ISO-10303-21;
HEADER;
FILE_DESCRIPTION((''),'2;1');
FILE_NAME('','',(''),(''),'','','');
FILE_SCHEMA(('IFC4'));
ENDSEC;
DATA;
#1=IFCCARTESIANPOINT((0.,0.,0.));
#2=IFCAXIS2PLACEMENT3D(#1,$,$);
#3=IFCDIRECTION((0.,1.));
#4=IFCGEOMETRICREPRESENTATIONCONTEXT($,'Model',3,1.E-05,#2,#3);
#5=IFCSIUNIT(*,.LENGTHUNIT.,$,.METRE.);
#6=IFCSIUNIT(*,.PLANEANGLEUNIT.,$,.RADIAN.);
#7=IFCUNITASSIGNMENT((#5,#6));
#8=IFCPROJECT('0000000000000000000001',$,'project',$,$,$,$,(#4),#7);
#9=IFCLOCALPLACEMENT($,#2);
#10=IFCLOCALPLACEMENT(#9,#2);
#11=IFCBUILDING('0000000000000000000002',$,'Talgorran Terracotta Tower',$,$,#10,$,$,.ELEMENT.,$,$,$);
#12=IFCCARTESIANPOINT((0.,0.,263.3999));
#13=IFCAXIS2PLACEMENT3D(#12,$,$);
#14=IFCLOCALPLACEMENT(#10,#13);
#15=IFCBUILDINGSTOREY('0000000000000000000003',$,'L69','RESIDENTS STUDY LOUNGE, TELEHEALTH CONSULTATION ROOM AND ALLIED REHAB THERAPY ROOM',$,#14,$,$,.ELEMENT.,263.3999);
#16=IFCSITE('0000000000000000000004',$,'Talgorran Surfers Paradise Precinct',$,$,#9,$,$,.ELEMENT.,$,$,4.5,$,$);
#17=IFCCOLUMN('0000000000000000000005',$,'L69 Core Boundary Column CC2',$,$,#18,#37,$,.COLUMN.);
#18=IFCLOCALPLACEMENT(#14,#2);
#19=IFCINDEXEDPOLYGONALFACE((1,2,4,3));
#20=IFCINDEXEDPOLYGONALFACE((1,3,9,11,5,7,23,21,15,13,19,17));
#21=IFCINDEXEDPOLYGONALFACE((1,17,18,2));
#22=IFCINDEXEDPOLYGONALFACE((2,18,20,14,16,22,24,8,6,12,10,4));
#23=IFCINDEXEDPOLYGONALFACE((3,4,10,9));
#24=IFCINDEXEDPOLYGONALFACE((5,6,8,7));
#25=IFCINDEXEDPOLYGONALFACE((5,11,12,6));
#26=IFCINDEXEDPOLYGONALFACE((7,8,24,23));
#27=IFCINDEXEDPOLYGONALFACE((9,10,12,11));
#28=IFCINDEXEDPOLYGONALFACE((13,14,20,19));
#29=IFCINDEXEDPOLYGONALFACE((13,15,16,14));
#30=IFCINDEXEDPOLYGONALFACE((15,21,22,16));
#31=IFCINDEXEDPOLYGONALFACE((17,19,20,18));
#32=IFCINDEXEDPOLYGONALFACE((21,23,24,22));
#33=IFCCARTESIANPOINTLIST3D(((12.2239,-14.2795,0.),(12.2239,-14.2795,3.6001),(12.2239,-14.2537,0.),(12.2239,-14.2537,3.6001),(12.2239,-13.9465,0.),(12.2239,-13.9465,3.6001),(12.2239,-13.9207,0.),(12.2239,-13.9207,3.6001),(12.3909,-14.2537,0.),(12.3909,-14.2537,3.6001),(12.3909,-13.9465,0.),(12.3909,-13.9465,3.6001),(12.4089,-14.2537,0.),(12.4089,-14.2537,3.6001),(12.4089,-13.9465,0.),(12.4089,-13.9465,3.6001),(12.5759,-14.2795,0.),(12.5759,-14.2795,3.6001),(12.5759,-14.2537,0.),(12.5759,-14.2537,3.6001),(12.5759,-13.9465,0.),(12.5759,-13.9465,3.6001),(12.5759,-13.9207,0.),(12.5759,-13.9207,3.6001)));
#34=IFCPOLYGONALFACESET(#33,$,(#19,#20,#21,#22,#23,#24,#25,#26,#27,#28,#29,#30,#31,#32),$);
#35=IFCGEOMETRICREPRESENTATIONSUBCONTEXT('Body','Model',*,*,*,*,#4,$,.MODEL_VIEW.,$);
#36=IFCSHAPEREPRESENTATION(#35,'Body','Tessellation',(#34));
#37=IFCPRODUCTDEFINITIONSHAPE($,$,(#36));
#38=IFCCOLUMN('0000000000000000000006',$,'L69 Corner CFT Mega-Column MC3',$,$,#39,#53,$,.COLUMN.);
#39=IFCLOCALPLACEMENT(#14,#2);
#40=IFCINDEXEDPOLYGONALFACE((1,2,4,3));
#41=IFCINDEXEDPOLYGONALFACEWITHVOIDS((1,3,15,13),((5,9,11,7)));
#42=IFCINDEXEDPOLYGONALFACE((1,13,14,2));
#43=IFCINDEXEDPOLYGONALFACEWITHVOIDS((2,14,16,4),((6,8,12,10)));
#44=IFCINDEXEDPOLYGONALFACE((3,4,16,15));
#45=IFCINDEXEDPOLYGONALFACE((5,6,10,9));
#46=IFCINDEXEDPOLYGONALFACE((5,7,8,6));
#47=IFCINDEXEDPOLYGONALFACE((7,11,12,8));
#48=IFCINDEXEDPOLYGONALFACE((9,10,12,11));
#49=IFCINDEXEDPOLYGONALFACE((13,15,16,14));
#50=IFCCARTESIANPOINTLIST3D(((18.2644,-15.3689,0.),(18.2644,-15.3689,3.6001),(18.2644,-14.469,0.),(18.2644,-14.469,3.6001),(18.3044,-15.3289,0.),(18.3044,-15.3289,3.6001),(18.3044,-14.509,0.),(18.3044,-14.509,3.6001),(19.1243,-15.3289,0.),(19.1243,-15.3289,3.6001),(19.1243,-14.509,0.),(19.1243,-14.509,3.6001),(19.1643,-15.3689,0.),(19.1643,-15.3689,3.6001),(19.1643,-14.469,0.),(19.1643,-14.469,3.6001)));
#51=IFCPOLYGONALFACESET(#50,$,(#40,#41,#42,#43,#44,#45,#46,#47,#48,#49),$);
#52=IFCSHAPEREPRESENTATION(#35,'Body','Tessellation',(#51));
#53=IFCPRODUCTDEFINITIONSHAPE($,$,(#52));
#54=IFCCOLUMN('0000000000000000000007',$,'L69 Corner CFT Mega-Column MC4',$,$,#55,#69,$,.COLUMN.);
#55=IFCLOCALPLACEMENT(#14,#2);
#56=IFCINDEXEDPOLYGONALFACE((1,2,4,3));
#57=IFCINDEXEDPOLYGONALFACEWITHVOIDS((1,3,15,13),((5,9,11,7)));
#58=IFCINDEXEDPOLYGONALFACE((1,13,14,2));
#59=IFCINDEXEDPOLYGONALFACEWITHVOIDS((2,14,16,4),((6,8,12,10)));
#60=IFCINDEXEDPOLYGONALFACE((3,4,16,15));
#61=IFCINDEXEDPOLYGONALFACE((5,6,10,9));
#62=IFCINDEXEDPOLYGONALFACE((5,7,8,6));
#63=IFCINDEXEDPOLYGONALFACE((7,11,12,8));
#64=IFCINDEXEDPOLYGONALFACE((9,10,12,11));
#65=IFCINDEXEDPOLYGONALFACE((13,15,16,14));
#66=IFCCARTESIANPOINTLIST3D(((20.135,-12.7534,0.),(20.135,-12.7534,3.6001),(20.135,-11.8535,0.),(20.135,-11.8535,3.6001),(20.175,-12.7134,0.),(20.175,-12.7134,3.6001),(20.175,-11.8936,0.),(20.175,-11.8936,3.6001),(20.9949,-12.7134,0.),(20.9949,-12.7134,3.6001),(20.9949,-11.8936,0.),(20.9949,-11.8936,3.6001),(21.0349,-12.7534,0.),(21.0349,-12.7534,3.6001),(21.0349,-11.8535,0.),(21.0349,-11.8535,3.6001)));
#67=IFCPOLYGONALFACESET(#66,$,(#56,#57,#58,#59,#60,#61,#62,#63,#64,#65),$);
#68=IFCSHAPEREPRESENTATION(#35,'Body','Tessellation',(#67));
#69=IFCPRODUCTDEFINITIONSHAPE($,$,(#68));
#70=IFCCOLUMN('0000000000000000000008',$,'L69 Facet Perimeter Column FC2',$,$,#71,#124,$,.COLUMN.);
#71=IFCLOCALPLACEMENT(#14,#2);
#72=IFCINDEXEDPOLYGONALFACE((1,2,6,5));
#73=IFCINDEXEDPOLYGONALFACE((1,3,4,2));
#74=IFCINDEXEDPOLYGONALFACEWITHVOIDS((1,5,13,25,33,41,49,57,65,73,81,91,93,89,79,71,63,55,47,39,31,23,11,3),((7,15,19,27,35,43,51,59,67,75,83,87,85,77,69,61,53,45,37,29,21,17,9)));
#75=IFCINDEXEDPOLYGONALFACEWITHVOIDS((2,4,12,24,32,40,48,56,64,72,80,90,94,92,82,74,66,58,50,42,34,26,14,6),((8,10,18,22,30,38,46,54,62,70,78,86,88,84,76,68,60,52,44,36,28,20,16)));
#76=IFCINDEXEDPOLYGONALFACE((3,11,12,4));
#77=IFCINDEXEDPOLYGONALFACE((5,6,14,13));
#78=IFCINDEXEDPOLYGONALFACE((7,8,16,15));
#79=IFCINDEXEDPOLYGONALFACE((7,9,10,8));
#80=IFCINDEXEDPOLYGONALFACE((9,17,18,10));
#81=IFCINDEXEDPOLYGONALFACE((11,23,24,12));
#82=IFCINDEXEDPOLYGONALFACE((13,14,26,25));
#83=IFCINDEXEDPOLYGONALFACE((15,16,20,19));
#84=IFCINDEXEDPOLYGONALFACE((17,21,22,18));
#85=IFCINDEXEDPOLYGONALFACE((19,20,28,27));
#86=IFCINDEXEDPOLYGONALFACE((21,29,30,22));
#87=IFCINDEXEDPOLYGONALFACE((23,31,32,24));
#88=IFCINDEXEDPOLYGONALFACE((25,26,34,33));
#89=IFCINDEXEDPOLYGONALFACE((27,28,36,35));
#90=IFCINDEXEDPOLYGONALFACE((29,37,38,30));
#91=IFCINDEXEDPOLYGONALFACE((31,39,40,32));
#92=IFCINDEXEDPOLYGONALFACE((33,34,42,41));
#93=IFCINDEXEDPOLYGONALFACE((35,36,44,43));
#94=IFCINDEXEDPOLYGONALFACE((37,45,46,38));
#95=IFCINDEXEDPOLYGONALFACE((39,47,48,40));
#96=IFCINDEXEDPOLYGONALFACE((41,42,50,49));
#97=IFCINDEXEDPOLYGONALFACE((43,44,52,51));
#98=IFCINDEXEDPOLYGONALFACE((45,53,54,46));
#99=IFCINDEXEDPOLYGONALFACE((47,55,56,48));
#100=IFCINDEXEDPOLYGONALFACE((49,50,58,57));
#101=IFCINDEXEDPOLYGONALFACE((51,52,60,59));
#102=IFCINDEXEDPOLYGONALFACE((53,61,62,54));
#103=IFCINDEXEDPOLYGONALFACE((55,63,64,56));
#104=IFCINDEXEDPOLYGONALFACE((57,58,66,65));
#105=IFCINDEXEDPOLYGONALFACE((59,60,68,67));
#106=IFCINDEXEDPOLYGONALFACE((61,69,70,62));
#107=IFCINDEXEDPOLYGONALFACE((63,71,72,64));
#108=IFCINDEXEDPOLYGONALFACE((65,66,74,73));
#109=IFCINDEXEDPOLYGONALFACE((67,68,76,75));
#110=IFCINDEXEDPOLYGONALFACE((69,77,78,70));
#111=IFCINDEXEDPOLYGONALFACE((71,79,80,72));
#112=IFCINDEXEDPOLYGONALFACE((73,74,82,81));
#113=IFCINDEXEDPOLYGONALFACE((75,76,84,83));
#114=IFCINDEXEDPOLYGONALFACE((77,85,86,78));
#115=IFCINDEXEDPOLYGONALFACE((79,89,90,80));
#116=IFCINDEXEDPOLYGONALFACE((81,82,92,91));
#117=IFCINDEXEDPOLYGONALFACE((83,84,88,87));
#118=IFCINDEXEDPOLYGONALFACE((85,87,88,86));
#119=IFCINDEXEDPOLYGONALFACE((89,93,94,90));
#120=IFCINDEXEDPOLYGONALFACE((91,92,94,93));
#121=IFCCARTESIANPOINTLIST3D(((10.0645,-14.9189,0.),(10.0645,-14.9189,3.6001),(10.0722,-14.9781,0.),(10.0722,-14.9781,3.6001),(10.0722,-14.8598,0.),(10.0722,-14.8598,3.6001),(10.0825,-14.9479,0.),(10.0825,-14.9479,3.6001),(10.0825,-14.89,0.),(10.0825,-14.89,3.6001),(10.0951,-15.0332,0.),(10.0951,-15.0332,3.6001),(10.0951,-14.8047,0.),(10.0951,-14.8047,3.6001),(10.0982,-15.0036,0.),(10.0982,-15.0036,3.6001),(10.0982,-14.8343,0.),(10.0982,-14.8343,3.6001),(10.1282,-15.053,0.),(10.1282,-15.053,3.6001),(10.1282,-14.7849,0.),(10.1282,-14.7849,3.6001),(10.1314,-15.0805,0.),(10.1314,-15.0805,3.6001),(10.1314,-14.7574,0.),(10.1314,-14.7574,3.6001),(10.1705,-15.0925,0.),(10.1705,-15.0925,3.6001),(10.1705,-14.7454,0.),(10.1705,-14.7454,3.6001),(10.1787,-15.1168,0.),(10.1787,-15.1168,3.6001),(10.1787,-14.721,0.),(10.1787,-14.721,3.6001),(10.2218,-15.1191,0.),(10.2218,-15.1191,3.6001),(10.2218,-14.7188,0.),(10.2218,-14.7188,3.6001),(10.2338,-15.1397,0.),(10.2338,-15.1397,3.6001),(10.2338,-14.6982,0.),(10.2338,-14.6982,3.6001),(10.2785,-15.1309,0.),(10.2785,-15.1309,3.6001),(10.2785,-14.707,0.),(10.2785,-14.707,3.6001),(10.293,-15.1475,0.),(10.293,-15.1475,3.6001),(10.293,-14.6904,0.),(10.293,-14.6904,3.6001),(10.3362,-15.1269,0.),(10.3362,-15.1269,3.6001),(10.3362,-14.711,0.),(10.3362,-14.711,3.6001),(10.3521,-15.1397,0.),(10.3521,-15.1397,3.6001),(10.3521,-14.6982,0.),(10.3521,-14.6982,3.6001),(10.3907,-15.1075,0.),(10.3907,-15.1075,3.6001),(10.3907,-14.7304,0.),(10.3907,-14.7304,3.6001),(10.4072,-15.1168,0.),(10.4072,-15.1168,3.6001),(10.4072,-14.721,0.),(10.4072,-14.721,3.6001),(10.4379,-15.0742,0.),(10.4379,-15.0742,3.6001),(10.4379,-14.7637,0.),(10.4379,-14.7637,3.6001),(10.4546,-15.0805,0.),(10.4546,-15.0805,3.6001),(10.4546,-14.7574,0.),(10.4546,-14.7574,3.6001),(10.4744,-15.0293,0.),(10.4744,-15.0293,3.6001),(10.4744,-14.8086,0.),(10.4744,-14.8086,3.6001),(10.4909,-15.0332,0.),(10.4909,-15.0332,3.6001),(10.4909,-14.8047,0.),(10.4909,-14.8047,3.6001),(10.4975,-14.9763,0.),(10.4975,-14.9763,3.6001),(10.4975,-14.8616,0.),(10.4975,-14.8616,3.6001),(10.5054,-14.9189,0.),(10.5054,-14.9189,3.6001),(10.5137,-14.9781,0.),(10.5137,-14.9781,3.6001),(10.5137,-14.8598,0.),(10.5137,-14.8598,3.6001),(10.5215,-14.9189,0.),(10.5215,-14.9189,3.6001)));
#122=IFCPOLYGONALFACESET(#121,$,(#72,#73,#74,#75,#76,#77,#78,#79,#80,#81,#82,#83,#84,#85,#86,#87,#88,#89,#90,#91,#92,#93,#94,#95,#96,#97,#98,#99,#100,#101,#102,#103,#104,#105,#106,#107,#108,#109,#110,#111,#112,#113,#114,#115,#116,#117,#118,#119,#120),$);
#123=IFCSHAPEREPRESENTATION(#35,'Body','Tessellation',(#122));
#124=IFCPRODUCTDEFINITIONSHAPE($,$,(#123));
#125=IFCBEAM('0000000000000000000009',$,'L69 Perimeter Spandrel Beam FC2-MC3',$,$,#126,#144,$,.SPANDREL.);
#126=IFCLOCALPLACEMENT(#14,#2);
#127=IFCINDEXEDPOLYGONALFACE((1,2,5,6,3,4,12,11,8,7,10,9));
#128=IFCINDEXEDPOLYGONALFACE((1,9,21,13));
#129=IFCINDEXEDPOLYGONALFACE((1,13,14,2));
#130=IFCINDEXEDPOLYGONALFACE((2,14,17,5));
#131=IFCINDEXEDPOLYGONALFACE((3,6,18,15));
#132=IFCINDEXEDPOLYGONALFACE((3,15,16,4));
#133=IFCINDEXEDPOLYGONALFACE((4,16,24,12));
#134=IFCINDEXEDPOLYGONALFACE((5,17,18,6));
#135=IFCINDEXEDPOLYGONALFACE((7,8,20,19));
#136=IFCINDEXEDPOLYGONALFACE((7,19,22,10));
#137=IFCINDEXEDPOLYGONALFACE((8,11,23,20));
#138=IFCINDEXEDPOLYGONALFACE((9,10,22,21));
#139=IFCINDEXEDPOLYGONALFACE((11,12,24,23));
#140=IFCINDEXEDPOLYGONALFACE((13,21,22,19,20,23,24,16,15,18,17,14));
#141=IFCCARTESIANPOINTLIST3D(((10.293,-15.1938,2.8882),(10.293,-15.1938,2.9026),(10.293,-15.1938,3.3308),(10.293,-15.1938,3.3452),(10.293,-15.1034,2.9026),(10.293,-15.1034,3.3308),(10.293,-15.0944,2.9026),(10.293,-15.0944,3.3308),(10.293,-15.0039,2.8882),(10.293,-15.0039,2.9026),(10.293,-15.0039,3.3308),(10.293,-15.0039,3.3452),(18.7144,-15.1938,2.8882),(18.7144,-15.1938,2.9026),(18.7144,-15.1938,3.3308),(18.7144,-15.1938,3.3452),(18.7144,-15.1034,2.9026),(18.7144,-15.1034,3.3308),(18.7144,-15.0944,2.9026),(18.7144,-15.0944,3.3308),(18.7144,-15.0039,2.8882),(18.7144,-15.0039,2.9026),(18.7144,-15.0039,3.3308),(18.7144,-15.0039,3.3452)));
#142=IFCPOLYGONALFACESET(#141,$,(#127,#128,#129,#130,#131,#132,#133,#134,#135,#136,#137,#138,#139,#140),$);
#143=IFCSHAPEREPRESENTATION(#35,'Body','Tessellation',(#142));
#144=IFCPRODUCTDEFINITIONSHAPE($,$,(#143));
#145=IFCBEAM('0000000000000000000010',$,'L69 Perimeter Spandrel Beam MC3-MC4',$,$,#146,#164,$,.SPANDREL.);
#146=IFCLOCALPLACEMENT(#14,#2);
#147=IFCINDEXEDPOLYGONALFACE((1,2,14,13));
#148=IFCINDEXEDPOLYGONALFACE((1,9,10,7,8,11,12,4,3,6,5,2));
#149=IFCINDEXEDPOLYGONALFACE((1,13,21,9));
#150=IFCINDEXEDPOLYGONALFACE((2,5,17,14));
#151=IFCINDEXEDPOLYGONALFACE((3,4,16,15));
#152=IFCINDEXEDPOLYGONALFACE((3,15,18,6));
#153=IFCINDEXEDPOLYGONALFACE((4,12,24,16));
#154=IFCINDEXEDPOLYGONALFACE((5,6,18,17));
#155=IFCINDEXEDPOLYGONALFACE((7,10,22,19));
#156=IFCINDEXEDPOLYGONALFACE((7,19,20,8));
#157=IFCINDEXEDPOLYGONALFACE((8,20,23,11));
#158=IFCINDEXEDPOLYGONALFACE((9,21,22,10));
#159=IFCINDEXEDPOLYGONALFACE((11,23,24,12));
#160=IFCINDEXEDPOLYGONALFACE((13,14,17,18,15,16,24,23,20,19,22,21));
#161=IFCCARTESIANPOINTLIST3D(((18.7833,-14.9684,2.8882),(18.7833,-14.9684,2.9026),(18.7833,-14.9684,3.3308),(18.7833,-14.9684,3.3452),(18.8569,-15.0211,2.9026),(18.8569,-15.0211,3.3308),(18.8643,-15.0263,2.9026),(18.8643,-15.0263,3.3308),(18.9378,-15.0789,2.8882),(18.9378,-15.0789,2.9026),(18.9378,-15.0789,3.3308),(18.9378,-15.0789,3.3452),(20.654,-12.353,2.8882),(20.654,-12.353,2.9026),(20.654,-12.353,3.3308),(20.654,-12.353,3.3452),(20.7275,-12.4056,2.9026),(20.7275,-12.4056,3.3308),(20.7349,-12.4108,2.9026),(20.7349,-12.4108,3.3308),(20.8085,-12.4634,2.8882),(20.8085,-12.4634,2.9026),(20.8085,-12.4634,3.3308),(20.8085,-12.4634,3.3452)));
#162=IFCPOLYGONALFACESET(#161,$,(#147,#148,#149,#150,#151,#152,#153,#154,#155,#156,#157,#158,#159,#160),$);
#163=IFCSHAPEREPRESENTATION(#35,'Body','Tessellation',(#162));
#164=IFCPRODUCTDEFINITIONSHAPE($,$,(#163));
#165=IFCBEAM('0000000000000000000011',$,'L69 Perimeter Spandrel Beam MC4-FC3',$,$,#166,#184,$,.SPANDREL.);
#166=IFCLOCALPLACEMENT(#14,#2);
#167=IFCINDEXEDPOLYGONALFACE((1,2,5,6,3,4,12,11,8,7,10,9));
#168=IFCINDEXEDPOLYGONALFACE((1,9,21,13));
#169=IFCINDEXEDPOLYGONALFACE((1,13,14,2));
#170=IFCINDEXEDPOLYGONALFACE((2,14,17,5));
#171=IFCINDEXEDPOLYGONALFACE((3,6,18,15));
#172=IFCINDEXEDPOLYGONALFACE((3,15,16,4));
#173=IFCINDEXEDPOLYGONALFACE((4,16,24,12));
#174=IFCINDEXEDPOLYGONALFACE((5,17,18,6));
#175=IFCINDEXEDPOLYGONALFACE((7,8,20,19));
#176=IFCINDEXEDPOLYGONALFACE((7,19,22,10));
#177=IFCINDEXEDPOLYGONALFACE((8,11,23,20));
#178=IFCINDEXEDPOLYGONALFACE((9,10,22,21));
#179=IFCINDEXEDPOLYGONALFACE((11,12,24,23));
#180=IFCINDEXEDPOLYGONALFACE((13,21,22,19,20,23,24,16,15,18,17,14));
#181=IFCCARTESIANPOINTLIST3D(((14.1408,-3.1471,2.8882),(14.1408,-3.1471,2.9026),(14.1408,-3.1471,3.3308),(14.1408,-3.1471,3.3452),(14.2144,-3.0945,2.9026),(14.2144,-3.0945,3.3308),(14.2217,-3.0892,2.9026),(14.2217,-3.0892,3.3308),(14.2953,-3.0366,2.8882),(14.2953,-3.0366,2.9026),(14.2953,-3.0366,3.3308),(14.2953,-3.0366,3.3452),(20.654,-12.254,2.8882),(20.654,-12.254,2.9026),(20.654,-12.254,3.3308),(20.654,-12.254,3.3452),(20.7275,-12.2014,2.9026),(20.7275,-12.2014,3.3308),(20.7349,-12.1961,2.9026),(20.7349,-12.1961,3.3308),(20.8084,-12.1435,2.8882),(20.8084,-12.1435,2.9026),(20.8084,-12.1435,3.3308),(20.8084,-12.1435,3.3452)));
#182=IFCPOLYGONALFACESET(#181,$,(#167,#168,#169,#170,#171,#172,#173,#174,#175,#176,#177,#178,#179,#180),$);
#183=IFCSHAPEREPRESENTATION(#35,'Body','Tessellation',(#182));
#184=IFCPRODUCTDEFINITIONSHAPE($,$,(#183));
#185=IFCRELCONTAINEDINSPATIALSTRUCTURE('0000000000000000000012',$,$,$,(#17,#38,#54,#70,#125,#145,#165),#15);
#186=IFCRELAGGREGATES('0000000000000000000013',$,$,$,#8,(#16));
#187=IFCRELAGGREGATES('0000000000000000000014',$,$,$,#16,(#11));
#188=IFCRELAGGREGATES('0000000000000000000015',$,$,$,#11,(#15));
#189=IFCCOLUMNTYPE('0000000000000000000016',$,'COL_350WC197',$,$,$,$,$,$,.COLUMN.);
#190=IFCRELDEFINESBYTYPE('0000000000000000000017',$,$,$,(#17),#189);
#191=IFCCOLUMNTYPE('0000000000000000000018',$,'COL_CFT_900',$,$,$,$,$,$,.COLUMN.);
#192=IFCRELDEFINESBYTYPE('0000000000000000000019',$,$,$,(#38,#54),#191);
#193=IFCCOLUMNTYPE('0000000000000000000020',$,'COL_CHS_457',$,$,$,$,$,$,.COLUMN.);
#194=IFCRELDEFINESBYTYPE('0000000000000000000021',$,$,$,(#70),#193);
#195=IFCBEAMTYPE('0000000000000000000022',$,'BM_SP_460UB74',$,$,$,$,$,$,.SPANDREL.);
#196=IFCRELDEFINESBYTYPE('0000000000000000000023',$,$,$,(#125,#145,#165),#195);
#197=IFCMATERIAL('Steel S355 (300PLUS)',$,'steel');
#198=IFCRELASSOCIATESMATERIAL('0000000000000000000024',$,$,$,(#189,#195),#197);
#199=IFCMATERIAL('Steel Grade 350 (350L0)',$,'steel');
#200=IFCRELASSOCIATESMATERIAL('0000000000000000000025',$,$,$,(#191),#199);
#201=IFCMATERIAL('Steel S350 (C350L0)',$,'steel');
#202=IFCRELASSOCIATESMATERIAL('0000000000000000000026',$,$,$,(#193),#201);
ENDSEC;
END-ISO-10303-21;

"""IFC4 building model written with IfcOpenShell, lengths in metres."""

from ifc_helpers import new_model, si_unit, direction, frame, origin, origin_2d, place, context, subcontext, project, spatial, hollow_rectangle, hollow_circle, i_section, extrude, material, material_profile, profile_set, type_object, element, save


model = new_model("IFC4")

# Units and contexts
model_context = context("Model", 3, precision=1e-05, world=origin(), true_north=direction((0.0, 1.0)))
body_context = subcontext(model_context, "Body", "Model", "MODEL_VIEW")
ifc_project = project(units=[si_unit("LENGTHUNIT", "METRE"), si_unit("PLANEANGLEUNIT", "RADIAN")], contexts=[model_context])

# Site, building, storey
site_placement = place(None, origin())
site = spatial("IfcSite", under=ifc_project, at=site_placement, Name="Talgorran Surfers Paradise Precinct", CompositionType="ELEMENT", RefElevation=4.5)
building_placement = place(site_placement, origin())
building = spatial("IfcBuilding", under=site, at=building_placement, Name="Talgorran Terracotta Tower", CompositionType="ELEMENT")
storey_placement = place(building_placement, frame((0.0, 0.0, 263.3999)))
storey = spatial("IfcBuildingStorey", under=building, at=storey_placement, Name="L69", Description="RESIDENTS STUDY LOUNGE, TELEHEALTH CONSULTATION ROOM AND ALLIED REHAB THERAPY ROOM", CompositionType="ELEMENT", Elevation=263.3999)

# Columns
ifc_material_1 = material(Name="Steel S355 (300PLUS)", Category="steel")
ifc_material_profile_1 = material_profile(ifc_material_1, i_section(OverallWidth=0.3521, OverallDepth=0.3589, WebThickness=0.0181, FlangeThickness=0.0259, at=origin_2d()), Name="350WC197")
ifc_profile_set_1 = profile_set([ifc_material_profile_1], Name="Steel S355 (300PLUS)")
column_type_1 = type_object("IfcColumnType", Name="COL_350WC197", PredefinedType="COLUMN", material=ifc_profile_set_1)
column_1_placement = place(storey_placement, frame((12.3999, -14.1001, 0.0), z_axis=(0.0, 0.0, 1.0), x_axis=(1.0, 0.0, 0.0)))
element("IfcColumn", 1, at=column_1_placement, inside=storey, type_object=column_type_1, Name="L69 Core Boundary Column CC2", PredefinedType="COLUMN", context=body_context, shape_type="SweptSolid", body=[
    extrude(i_section(OverallWidth=0.3521, OverallDepth=0.3589, WebThickness=0.0181, FlangeThickness=0.0259, at=origin_2d()), origin(), (0.0, 0.0, 1.0), 3.6001),
])
ifc_material_2 = material(Name="Steel Grade 350 (350L0)", Category="steel")
ifc_material_profile_2 = material_profile(ifc_material_2, hollow_rectangle(XDim=0.8999, YDim=0.8999, WallThickness=0.04, at=origin_2d()), Name="CFT900X900X40")
ifc_profile_set_2 = profile_set([ifc_material_profile_2], Name="Steel Grade 350 (350L0)")
column_type_2 = type_object("IfcColumnType", Name="COL_CFT_900", PredefinedType="COLUMN", material=ifc_profile_set_2)
for number, where, z_axis, x_axis, name in (
    (2, (18.7144, -14.9189, 0.0), (0.0, 0.0, 1.0), (1.0, 0.0, 0.0), "L69 Corner CFT Mega-Column MC3"),
    (3, (20.585, -12.3035, 0.0), (0.0, 0.0, 1.0), (1.0, 0.0, 0.0), "L69 Corner CFT Mega-Column MC4"),
):
    element("IfcColumn", number, at=place(storey_placement, frame(where, z_axis=z_axis, x_axis=x_axis)), inside=storey, type_object=column_type_2, Name=name, PredefinedType="COLUMN", context=body_context, shape_type="SweptSolid", body=[
        extrude(hollow_rectangle(XDim=0.8999, YDim=0.8999, WallThickness=0.04, at=origin_2d()), origin(), (0.0, 0.0, 1.0), 3.6001),
    ])
ifc_material_3 = material(Name="Steel S350 (C350L0)", Category="steel")
ifc_material_profile_3 = material_profile(ifc_material_3, hollow_circle(Radius=0.2285, WallThickness=0.0161, at=origin_2d()), Name="CHS457X16")
ifc_profile_set_3 = profile_set([ifc_material_profile_3], Name="Steel S350 (C350L0)")
column_type_3 = type_object("IfcColumnType", Name="COL_CHS_457", PredefinedType="COLUMN", material=ifc_profile_set_3)
column_2_placement = place(storey_placement, frame((10.293, -14.9189, 0.0), z_axis=(0.0, 0.0, 1.0), x_axis=(1.0, 0.0, 0.0)))
element("IfcColumn", 4, at=column_2_placement, inside=storey, type_object=column_type_3, Name="L69 Facet Perimeter Column FC2", PredefinedType="COLUMN", context=body_context, shape_type="SweptSolid", body=[
    extrude(hollow_circle(Radius=0.2285, WallThickness=0.0161, at=origin_2d()), origin(), (0.0, 0.0, 1.0), 3.6001),
])

# Beams
ifc_material_profile_4 = material_profile(ifc_material_1, i_section(OverallWidth=0.1899, OverallDepth=0.457, WebThickness=0.009, FlangeThickness=0.0144, at=origin_2d()), Name="460UB74.6")
ifc_profile_set_4 = profile_set([ifc_material_profile_4], Name="Steel S355 (300PLUS)")
beam_type = type_object("IfcBeamType", Name="BM_SP_460UB74", PredefinedType="SPANDREL", material=ifc_profile_set_4)
beam_1_placement = place(storey_placement, frame((10.293, -15.0989, 3.1167), z_axis=(1.0, 0.0, 0.0), x_axis=(0.0, 1.0, 0.0)))
element("IfcBeam", 5, at=beam_1_placement, inside=storey, type_object=beam_type, Name="L69 Perimeter Spandrel Beam FC2-MC3", PredefinedType="SPANDREL", context=body_context, shape_type="SweptSolid", body=[
    extrude(i_section(OverallWidth=0.1899, OverallDepth=0.457, WebThickness=0.009, FlangeThickness=0.0144, at=origin_2d()), origin(), (0.0, 0.0, 1.0), 8.4214),
])
beam_2_placement = place(storey_placement, frame((18.8606, -15.0237, 3.1167), z_axis=(0.581734, 0.813379, 0.0), x_axis=(-0.813379, 0.581734, 0.0)))
element("IfcBeam", 6, at=beam_2_placement, inside=storey, type_object=beam_type, Name="L69 Perimeter Spandrel Beam MC3-MC4", PredefinedType="SPANDREL", context=body_context, shape_type="SweptSolid", body=[
    extrude(i_section(OverallWidth=0.1899, OverallDepth=0.457, WebThickness=0.009, FlangeThickness=0.0144, at=origin_2d()), origin(), (0.0, 0.0, 1.0), 3.2156),
])
beam_3_placement = place(storey_placement, frame((20.7312, -12.1987, 3.1167), z_axis=(-0.581725, 0.813386, 0.0), x_axis=(-0.813386, -0.581725, 0.0)))
element("IfcBeam", 7, at=beam_3_placement, inside=storey, type_object=beam_type, Name="L69 Perimeter Spandrel Beam MC4-FC3", PredefinedType="SPANDREL", context=body_context, shape_type="SweptSolid", body=[
    extrude(i_section(OverallWidth=0.1899, OverallDepth=0.457, WebThickness=0.009, FlangeThickness=0.0144, at=origin_2d()), origin(), (0.0, 0.0, 1.0), 11.1963),
])

save(model, "model.ifc")
